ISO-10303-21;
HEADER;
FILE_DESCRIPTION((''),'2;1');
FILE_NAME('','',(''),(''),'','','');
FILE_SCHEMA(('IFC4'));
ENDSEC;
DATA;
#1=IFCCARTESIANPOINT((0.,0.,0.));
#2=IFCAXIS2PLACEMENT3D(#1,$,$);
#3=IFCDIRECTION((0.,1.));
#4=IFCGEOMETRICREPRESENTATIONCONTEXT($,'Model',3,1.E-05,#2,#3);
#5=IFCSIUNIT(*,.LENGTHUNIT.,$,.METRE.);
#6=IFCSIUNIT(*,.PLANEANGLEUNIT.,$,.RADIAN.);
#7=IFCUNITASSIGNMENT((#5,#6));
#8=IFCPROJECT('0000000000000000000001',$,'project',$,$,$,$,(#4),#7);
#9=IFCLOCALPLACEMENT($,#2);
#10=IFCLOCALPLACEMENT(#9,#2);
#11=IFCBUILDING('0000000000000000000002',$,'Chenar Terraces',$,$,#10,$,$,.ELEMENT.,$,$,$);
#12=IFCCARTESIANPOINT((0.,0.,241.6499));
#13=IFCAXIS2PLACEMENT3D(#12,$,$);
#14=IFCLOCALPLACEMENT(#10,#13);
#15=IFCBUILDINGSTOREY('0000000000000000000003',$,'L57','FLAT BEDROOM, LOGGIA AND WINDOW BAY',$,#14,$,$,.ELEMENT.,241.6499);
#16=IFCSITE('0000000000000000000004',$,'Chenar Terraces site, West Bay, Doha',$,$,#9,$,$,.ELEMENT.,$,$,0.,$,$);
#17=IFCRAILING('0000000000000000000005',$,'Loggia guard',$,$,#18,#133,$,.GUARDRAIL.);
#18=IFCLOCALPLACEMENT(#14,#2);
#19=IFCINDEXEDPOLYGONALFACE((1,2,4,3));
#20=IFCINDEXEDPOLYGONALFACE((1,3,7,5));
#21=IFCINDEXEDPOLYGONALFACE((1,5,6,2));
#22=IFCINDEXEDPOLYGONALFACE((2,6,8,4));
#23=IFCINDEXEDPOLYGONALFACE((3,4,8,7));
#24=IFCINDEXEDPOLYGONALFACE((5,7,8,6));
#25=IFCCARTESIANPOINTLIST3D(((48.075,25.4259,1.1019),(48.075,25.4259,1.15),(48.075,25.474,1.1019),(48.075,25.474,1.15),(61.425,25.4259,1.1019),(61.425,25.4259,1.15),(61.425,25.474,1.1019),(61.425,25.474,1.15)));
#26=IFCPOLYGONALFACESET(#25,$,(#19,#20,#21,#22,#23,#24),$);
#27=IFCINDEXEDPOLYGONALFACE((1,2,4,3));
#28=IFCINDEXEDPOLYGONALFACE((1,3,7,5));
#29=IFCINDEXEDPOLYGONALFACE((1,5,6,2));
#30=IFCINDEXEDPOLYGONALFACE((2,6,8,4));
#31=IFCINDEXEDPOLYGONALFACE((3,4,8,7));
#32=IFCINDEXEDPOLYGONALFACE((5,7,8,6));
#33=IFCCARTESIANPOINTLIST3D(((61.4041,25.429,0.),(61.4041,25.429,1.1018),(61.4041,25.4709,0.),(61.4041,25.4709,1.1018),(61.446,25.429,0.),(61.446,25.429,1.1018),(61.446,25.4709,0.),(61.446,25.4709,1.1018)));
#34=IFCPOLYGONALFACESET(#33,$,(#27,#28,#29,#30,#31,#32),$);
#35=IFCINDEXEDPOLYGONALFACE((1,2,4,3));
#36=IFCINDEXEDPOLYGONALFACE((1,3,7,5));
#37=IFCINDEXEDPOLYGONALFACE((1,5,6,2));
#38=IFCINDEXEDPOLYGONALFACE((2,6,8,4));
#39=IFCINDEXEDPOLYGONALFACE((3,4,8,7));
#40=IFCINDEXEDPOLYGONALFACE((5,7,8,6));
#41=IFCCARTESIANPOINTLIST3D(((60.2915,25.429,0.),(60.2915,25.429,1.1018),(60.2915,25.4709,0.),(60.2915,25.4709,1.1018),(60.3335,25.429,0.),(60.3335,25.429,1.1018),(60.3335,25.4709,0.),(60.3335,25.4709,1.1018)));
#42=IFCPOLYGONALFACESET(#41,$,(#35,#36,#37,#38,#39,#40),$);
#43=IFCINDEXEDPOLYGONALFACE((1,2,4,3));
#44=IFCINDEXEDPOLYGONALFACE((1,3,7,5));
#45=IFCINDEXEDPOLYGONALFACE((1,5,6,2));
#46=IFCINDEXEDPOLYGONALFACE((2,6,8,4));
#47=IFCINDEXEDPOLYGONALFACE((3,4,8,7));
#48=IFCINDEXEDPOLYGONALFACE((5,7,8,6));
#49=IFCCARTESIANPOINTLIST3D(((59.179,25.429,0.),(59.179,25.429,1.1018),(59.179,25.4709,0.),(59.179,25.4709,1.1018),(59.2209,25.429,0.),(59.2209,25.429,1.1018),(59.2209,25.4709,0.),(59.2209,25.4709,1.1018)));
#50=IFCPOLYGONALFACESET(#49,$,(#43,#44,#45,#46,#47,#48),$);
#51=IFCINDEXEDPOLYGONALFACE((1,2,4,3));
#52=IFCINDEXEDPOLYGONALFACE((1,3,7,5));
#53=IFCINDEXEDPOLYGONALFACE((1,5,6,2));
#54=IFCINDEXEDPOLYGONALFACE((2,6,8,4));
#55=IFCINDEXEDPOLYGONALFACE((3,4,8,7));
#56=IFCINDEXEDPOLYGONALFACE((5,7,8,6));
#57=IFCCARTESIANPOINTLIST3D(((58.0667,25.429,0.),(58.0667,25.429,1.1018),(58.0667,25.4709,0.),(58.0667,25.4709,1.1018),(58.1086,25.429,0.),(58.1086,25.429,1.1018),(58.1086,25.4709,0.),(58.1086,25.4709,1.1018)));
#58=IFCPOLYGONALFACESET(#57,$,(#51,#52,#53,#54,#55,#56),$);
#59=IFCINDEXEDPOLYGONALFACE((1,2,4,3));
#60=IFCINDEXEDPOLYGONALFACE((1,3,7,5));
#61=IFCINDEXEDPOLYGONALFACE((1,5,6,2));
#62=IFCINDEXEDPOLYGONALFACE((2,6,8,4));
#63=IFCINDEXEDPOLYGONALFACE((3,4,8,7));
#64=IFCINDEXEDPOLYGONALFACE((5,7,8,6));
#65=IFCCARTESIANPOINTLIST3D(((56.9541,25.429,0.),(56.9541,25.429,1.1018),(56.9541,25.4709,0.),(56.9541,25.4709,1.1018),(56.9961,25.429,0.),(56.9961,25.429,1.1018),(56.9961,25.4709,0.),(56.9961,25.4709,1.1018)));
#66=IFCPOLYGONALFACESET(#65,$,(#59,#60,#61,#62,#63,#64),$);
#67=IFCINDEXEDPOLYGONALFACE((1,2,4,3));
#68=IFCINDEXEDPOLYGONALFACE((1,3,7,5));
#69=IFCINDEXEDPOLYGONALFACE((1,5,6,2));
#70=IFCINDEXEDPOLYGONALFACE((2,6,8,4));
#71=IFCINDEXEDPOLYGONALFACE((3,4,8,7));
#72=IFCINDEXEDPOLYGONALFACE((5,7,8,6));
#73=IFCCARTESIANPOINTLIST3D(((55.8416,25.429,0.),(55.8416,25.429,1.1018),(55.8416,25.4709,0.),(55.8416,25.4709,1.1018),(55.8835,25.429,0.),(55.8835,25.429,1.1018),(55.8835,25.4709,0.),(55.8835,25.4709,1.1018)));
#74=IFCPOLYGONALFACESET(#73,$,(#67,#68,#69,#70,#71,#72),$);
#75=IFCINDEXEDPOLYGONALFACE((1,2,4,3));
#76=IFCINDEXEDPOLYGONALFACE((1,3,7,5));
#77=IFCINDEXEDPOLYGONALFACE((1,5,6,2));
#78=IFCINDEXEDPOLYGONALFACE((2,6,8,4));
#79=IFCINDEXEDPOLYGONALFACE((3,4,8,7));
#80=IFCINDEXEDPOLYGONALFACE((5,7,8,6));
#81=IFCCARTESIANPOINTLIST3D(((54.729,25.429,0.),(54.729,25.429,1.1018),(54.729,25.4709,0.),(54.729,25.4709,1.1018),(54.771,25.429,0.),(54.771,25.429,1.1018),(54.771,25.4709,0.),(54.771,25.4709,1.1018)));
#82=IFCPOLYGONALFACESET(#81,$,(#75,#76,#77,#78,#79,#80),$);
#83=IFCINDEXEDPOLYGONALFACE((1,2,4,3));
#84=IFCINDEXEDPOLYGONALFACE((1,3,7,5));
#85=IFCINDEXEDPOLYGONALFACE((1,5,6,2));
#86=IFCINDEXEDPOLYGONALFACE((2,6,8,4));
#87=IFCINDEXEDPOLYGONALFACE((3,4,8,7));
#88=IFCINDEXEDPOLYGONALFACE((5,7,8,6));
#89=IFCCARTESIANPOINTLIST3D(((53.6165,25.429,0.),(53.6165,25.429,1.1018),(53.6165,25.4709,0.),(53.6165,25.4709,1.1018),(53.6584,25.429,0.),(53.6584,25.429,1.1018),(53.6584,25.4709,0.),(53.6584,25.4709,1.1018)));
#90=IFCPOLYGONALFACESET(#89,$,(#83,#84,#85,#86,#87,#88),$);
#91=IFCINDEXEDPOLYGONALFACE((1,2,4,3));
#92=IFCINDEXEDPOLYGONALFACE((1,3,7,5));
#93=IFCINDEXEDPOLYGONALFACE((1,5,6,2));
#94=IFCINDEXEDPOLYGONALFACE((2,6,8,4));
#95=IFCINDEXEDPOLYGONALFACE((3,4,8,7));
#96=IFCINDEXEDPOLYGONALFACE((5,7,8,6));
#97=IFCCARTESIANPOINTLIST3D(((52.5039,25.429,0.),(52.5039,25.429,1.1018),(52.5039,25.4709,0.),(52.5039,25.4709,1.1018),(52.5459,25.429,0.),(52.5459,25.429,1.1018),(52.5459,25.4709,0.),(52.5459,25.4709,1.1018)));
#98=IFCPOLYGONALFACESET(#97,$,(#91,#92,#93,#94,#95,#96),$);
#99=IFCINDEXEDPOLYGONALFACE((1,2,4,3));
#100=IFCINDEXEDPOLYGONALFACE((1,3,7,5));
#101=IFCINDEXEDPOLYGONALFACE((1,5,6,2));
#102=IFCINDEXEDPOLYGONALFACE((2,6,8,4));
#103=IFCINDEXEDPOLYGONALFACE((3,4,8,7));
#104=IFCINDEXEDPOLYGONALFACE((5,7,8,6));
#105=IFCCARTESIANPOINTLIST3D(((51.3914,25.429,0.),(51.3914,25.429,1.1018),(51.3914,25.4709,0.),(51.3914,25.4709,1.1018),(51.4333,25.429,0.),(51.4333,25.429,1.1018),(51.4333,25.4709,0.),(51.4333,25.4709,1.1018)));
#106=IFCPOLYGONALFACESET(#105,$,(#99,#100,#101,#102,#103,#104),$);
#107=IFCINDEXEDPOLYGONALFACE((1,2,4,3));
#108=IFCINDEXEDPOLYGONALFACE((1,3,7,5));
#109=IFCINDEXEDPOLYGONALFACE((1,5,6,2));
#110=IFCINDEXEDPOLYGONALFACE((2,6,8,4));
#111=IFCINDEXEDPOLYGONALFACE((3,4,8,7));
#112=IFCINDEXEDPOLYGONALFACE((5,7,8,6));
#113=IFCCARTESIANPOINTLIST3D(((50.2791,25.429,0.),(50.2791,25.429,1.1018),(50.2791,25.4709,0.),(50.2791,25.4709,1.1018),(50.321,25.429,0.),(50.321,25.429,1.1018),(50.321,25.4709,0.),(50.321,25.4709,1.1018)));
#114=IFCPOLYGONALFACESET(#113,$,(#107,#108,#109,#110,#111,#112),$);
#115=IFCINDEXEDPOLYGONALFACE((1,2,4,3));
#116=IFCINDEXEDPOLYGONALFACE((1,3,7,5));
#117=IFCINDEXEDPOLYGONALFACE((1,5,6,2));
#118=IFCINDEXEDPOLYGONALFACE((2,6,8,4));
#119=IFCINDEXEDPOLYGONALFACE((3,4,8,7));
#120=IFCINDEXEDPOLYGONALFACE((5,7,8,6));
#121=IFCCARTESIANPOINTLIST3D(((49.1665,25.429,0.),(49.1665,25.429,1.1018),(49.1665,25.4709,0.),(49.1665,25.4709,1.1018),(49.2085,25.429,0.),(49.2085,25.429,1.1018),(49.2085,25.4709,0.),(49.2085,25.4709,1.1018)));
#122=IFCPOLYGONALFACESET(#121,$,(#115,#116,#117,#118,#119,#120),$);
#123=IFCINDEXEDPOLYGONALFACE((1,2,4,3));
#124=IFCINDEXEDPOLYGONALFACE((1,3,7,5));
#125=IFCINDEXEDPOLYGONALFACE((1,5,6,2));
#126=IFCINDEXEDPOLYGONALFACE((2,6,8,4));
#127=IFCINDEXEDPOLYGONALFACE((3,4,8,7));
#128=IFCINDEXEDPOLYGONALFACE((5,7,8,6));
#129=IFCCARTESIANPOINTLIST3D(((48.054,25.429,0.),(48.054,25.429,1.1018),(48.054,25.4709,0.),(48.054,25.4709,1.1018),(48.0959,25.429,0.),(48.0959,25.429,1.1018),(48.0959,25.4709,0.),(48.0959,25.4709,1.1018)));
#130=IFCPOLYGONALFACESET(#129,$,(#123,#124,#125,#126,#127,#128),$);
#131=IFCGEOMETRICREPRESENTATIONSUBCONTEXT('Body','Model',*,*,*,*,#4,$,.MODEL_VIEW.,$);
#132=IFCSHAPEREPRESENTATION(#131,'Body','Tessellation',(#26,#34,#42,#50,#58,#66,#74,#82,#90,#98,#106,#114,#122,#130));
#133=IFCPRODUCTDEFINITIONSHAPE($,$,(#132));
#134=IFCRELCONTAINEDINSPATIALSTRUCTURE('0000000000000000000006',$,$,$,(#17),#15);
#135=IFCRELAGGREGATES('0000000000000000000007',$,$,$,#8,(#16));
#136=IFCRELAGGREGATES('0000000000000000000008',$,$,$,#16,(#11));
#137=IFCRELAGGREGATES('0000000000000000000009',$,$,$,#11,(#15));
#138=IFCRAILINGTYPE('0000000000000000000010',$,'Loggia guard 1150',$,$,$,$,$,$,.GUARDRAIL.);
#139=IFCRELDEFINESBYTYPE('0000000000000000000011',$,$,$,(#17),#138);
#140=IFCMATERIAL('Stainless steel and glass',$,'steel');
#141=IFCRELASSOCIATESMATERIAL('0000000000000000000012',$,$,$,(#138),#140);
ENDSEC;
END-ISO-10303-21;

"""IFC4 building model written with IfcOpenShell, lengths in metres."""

from ifc_helpers import new_model, si_unit, direction, frame, origin, origin_2d, place, context, subcontext, project, spatial, rectangle, extrude, material, type_object, element, save


model = new_model("IFC4")

# Units and contexts
model_context = context("Model", 3, precision=1e-05, world=origin(), true_north=direction((0.0, 1.0)))
body_context = subcontext(model_context, "Body", "Model", "MODEL_VIEW")
ifc_project = project(units=[si_unit("LENGTHUNIT", "METRE"), si_unit("PLANEANGLEUNIT", "RADIAN")], contexts=[model_context])

# Site, building, storey
site_placement = place(None, origin())
site = spatial("IfcSite", under=ifc_project, at=site_placement, Name="Chenar Terraces site, West Bay, Doha", CompositionType="ELEMENT", RefElevation=0.0)
building_placement = place(site_placement, origin())
building = spatial("IfcBuilding", under=site, at=building_placement, Name="Chenar Terraces", CompositionType="ELEMENT")
storey_placement = place(building_placement, frame((0.0, 0.0, 241.6499)))
storey = spatial("IfcBuildingStorey", under=building, at=storey_placement, Name="L57", Description="FLAT BEDROOM, LOGGIA AND WINDOW BAY", CompositionType="ELEMENT", Elevation=241.6499)

# Railing
ifc_material_1 = material(Name="Stainless steel and glass", Category="steel")
railing_type = type_object("IfcRailingType", Name="Loggia guard 1150", PredefinedType="GUARDRAIL", material=ifc_material_1)
railing_placement = place(storey_placement, frame((61.425, 25.45, 0.0)))
element("IfcRailing", 1, at=railing_placement, inside=storey, type_object=railing_type, Name="Loggia guard", PredefinedType="GUARDRAIL", context=body_context, shape_type="SweptSolid", body=[
    extrude(rectangle(XDim=0.0481, YDim=0.0481, at=origin_2d()), frame((0.0, 0.0, 1.126), z_axis=(-1.0, 0.0, 0.0), x_axis=(0.0, -1.0, 0.0)), (0.0, 0.0, 1.0), 13.3501),
    extrude(rectangle(XDim=0.042, YDim=0.042, at=origin_2d()), origin(), (0.0, 0.0, 1.0), 1.1018),
    extrude(rectangle(XDim=0.042, YDim=0.042, at=origin_2d()), frame((-1.1125, 0.0, 0.0)), (0.0, 0.0, 1.0), 1.1018),
    extrude(rectangle(XDim=0.042, YDim=0.042, at=origin_2d()), frame((-2.2251, 0.0, 0.0)), (0.0, 0.0, 1.0), 1.1018),
    extrude(rectangle(XDim=0.042, YDim=0.042, at=origin_2d()), frame((-3.3374, 0.0, 0.0)), (0.0, 0.0, 1.0), 1.1018),
    extrude(rectangle(XDim=0.042, YDim=0.042, at=origin_2d()), frame((-4.45, 0.0, 0.0)), (0.0, 0.0, 1.0), 1.1018),
    extrude(rectangle(XDim=0.042, YDim=0.042, at=origin_2d()), frame((-5.5625, 0.0, 0.0)), (0.0, 0.0, 1.0), 1.1018),
    extrude(rectangle(XDim=0.042, YDim=0.042, at=origin_2d()), frame((-6.675, 0.0, 0.0)), (0.0, 0.0, 1.0), 1.1018),
    extrude(rectangle(XDim=0.042, YDim=0.042, at=origin_2d()), frame((-7.7876, 0.0, 0.0)), (0.0, 0.0, 1.0), 1.1018),
    extrude(rectangle(XDim=0.042, YDim=0.042, at=origin_2d()), frame((-8.9001, 0.0, 0.0)), (0.0, 0.0, 1.0), 1.1018),
    extrude(rectangle(XDim=0.042, YDim=0.042, at=origin_2d()), frame((-10.0127, 0.0, 0.0)), (0.0, 0.0, 1.0), 1.1018),
    extrude(rectangle(XDim=0.042, YDim=0.042, at=origin_2d()), frame((-11.125, 0.0, 0.0)), (0.0, 0.0, 1.0), 1.1018),
    extrude(rectangle(XDim=0.042, YDim=0.042, at=origin_2d()), frame((-12.2375, 0.0, 0.0)), (0.0, 0.0, 1.0), 1.1018),
    extrude(rectangle(XDim=0.042, YDim=0.042, at=origin_2d()), frame((-13.3501, 0.0, 0.0)), (0.0, 0.0, 1.0), 1.1018),
])

save(model, "model.ifc")
